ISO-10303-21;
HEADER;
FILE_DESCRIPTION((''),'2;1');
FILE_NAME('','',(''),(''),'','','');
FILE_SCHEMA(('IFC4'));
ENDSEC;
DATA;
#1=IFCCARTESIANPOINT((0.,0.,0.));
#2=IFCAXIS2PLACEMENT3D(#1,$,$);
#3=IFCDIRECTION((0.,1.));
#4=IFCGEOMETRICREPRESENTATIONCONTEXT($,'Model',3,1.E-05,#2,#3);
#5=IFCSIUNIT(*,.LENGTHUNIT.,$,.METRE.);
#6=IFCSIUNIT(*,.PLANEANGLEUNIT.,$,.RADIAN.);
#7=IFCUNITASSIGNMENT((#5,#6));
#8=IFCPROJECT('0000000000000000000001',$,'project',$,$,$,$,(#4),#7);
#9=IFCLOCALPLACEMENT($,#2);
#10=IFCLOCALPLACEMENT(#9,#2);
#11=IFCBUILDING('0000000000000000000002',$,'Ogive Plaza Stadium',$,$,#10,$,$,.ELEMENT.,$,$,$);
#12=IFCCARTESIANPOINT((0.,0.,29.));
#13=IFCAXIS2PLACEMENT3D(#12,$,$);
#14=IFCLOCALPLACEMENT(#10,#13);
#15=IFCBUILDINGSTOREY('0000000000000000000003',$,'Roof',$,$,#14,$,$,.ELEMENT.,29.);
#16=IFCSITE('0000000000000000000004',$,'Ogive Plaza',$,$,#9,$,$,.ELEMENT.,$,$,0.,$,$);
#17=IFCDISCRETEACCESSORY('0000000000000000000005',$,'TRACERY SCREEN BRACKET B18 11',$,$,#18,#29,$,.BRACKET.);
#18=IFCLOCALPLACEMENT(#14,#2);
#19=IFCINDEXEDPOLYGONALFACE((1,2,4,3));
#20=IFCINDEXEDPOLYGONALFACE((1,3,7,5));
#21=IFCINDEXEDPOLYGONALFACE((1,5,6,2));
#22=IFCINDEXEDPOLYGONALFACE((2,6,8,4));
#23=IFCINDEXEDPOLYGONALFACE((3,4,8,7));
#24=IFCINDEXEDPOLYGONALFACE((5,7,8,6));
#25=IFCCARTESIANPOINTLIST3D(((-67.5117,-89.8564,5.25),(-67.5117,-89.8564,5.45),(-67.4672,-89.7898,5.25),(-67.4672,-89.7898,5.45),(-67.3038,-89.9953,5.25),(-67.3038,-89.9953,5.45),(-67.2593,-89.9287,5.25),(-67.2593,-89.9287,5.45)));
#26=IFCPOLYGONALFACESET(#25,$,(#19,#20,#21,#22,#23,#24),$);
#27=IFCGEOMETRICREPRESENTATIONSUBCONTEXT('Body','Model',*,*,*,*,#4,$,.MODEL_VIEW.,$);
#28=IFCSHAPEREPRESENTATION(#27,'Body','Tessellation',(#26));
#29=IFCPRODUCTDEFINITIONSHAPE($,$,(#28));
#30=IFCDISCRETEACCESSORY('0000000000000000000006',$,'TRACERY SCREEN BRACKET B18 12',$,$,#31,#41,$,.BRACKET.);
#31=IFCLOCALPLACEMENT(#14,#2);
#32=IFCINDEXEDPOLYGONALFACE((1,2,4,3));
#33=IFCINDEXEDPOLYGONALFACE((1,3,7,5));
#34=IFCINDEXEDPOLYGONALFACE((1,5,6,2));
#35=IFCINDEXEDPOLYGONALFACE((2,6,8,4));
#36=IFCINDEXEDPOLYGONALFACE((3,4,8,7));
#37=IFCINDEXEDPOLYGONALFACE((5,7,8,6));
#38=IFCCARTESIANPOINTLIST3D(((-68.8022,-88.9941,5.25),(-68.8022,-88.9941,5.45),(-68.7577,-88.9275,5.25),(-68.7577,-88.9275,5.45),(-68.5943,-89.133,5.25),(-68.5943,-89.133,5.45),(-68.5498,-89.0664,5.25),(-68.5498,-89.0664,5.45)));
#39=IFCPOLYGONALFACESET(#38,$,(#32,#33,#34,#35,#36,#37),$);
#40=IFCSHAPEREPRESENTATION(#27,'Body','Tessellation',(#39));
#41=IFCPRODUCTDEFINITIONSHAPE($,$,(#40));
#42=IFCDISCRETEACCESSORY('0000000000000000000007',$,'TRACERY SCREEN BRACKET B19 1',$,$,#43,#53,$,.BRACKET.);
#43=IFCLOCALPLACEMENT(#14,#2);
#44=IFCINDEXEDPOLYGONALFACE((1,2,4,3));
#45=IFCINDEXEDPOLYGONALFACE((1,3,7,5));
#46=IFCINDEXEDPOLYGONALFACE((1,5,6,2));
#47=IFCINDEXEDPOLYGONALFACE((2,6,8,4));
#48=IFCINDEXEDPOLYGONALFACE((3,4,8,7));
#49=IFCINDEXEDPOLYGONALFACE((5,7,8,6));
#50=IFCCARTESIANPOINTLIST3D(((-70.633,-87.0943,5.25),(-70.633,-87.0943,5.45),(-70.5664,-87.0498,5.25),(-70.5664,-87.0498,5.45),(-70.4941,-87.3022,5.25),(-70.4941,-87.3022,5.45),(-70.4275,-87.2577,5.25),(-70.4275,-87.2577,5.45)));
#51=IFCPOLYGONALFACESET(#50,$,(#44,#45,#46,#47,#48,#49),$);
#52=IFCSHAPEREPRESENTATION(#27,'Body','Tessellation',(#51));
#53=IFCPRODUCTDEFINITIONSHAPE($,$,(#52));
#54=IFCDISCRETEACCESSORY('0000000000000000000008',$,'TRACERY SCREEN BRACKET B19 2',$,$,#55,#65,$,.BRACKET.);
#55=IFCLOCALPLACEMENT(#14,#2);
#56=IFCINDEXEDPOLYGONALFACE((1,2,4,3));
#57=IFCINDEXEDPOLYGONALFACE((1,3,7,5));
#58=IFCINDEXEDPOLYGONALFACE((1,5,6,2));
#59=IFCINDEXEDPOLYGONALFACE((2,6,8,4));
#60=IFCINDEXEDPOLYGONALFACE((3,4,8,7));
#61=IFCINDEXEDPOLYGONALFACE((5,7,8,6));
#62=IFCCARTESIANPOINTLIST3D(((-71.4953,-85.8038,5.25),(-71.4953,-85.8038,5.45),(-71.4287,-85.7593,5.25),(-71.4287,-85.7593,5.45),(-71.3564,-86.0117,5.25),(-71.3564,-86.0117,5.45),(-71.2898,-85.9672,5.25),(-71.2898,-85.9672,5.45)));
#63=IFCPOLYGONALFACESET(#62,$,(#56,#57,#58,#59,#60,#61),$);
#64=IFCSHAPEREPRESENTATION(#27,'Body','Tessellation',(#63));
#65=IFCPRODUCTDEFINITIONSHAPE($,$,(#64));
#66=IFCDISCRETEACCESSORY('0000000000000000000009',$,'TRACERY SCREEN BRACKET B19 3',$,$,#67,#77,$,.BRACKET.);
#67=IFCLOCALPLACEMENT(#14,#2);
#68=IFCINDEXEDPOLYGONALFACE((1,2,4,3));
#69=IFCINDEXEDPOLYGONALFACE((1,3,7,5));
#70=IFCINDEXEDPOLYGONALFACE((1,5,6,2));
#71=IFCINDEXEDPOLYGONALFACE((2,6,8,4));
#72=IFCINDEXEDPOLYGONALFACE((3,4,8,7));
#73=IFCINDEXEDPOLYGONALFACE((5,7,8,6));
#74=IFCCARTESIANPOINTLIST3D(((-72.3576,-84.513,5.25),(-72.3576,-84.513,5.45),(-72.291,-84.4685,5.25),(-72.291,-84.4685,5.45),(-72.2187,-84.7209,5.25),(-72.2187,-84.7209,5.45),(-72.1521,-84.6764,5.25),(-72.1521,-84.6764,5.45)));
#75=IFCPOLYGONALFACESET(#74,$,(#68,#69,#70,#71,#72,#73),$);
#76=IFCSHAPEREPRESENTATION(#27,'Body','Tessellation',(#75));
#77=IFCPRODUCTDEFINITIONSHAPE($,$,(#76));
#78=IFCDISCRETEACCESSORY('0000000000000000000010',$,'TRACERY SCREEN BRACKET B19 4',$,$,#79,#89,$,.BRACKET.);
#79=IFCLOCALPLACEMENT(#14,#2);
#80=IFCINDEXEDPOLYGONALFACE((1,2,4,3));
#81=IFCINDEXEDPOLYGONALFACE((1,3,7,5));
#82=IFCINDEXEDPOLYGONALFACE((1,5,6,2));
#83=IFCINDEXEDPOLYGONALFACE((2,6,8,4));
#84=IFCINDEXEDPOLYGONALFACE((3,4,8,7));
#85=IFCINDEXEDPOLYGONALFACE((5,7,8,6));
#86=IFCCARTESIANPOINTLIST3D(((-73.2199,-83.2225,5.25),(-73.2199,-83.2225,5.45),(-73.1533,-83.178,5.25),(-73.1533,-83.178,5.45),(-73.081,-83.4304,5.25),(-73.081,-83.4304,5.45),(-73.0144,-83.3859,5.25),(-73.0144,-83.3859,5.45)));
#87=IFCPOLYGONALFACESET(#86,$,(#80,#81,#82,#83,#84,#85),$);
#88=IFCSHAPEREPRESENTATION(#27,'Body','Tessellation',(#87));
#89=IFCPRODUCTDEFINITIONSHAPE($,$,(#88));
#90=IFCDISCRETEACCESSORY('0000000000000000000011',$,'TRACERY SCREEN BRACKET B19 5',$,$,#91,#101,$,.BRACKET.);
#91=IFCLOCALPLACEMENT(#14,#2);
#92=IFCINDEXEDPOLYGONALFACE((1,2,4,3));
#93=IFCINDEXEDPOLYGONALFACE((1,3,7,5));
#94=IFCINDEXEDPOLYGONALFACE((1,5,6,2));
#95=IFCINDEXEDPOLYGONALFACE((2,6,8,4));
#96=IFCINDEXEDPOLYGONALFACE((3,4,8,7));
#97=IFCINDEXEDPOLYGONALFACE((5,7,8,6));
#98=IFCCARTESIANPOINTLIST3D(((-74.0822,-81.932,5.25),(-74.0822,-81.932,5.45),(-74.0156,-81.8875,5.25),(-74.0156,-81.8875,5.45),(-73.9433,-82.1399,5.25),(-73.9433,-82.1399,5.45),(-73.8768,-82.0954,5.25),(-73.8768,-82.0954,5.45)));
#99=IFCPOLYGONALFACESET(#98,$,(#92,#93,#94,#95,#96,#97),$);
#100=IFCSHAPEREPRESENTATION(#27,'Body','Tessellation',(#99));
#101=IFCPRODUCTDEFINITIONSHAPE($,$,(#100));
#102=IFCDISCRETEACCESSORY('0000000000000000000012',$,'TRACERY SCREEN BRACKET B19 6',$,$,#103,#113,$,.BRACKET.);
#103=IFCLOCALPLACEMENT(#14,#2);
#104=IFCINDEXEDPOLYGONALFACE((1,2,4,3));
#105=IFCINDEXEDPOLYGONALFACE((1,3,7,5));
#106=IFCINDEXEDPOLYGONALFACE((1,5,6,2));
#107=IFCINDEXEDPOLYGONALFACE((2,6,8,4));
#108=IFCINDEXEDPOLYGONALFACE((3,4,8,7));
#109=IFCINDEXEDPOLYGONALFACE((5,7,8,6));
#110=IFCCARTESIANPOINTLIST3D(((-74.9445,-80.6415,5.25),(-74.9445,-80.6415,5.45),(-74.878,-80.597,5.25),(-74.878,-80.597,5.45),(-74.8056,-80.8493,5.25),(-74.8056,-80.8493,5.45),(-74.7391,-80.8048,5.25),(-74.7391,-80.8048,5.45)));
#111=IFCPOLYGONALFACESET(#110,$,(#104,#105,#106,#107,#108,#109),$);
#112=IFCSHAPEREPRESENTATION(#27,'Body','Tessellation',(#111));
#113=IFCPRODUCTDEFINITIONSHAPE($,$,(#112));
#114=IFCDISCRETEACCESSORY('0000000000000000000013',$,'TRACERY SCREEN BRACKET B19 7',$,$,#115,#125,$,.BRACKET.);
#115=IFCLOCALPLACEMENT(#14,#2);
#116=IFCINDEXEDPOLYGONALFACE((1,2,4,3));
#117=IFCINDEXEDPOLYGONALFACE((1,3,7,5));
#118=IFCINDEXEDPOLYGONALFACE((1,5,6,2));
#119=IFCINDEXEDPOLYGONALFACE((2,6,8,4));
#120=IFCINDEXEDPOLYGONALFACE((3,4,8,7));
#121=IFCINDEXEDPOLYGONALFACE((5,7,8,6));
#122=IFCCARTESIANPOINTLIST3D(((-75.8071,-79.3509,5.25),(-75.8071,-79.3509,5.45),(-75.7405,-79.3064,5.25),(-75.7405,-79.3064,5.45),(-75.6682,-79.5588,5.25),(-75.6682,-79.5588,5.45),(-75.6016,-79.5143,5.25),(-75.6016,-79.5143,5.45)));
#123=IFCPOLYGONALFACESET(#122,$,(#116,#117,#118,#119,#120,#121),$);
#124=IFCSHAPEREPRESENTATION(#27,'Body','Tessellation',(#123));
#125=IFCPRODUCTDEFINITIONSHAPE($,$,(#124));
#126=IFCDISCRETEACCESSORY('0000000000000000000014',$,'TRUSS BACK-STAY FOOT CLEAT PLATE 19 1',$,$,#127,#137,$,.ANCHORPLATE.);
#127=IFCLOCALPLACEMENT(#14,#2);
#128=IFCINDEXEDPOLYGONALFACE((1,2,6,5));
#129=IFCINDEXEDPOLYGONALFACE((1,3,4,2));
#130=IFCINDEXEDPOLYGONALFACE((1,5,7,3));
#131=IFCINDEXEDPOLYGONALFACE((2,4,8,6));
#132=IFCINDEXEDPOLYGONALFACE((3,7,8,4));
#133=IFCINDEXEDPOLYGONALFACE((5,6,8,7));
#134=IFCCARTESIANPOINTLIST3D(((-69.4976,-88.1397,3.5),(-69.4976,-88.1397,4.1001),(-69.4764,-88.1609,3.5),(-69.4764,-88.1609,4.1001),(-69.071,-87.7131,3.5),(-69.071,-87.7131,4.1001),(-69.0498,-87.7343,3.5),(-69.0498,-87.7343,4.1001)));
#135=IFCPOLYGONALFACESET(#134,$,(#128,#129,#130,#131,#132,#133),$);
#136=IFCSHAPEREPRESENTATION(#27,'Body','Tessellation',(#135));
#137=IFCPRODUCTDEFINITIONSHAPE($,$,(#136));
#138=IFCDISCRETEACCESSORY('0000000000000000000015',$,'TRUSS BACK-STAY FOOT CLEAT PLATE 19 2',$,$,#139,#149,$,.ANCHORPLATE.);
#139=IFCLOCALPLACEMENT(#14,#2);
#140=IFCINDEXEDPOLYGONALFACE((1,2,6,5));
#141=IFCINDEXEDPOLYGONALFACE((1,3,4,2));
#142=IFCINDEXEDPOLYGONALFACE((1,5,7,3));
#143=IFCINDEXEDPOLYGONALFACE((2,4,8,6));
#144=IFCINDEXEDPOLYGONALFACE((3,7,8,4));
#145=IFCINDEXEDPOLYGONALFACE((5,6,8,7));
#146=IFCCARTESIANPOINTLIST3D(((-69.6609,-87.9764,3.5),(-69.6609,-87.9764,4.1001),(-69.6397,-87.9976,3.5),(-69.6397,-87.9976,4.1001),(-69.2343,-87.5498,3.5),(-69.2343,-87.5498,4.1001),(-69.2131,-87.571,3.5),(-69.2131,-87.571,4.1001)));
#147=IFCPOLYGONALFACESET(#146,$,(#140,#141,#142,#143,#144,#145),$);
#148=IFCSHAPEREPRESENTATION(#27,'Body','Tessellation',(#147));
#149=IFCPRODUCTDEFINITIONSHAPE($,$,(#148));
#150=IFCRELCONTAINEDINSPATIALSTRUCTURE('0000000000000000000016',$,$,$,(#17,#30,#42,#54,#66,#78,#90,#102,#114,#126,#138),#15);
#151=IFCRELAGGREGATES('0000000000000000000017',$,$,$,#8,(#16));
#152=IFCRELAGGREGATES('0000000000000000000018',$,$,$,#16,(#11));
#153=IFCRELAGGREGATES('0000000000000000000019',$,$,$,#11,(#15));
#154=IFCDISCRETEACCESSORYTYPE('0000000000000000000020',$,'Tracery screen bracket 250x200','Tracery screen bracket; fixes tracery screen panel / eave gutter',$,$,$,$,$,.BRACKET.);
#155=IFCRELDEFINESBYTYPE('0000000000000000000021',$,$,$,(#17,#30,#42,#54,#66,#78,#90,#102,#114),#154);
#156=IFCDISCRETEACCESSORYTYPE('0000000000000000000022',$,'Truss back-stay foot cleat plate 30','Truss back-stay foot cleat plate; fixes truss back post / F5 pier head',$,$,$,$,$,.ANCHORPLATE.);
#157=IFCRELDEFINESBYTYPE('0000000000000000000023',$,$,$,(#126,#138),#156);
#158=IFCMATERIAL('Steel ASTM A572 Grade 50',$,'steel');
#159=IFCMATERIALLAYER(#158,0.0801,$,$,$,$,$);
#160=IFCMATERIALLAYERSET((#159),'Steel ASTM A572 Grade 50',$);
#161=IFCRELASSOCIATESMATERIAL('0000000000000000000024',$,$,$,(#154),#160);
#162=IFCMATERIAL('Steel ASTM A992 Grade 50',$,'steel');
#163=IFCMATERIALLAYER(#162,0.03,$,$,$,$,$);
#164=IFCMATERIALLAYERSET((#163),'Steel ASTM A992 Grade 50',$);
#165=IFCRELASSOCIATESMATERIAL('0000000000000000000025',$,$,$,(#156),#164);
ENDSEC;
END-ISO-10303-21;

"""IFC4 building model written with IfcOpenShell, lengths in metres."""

from ifc_helpers import new_model, si_unit, direction, frame, origin, origin_2d, place, context, subcontext, project, spatial, rectangle, extrude, material, layer, layer_set, type_object, element, save


model = new_model("IFC4")

# Units and contexts
model_context = context("Model", 3, precision=1e-05, world=origin(), true_north=direction((0.0, 1.0)))
body_context = subcontext(model_context, "Body", "Model", "MODEL_VIEW")
ifc_project = project(units=[si_unit("LENGTHUNIT", "METRE"), si_unit("PLANEANGLEUNIT", "RADIAN")], contexts=[model_context])

# Site, building, storey
site_placement = place(None, origin())
site = spatial("IfcSite", under=ifc_project, at=site_placement, Name="Ogive Plaza", CompositionType="ELEMENT", RefElevation=0.0)
building_placement = place(site_placement, origin())
building = spatial("IfcBuilding", under=site, at=building_placement, Name="Ogive Plaza Stadium", CompositionType="ELEMENT")
storey_placement = place(building_placement, frame((0.0, 0.0, 29.0)))
storey = spatial("IfcBuildingStorey", under=building, at=storey_placement, Name="Roof", CompositionType="ELEMENT", Elevation=29.0)

# Discrete accessories
ifc_material_1 = material(Name="Steel ASTM A572 Grade 50", Category="steel")
ifc_layer_1 = layer(ifc_material_1, 0.0801)
ifc_layer_set_1 = layer_set([ifc_layer_1], Name="Steel ASTM A572 Grade 50")
discrete_accessory_type_1 = type_object("IfcDiscreteAccessoryType", Name="Tracery screen bracket 250x200", Description="Tracery screen bracket; fixes tracery screen panel / eave gutter", PredefinedType="BRACKET", material=ifc_layer_set_1)
for number, where, z_axis, x_axis, name in (
    (1, (-67.3855, -89.8926, 5.25), (0.0, 0.0, 1.0), (-0.83147, 0.55557, 0.0), "TRACERY SCREEN BRACKET B18 11"),
    (2, (-68.676, -89.0303, 5.25), (0.0, 0.0, 1.0), (-0.83147, 0.55557, 0.0), "TRACERY SCREEN BRACKET B18 12"),
    (3, (-70.5303, -87.176, 5.25), (0.0, 0.0, 1.0), (-0.55557, 0.83147, 0.0), "TRACERY SCREEN BRACKET B19 1"),
    (4, (-71.3926, -85.8855, 5.25), (0.0, 0.0, 1.0), (-0.55557, 0.83147, 0.0), "TRACERY SCREEN BRACKET B19 2"),
    (5, (-72.2549, -84.5947, 5.25), (0.0, 0.0, 1.0), (-0.55557, 0.83147, 0.0), "TRACERY SCREEN BRACKET B19 3"),
    (6, (-73.1172, -83.3042, 5.25), (0.0, 0.0, 1.0), (-0.55557, 0.83147, 0.0), "TRACERY SCREEN BRACKET B19 4"),
    (7, (-73.9795, -82.0137, 5.25), (0.0, 0.0, 1.0), (-0.55557, 0.83147, 0.0), "TRACERY SCREEN BRACKET B19 5"),
    (8, (-74.8418, -80.7231, 5.25), (0.0, 0.0, 1.0), (-0.55557, 0.83147, 0.0), "TRACERY SCREEN BRACKET B19 6"),
    (9, (-75.7043, -79.4326, 5.25), (0.0, 0.0, 1.0), (-0.55557, 0.83147, 0.0), "TRACERY SCREEN BRACKET B19 7"),
):
    element("IfcDiscreteAccessory", number, at=place(storey_placement, frame(where, z_axis=z_axis, x_axis=x_axis)), inside=storey, type_object=discrete_accessory_type_1, Name=name, PredefinedType="BRACKET", context=body_context, shape_type="SweptSolid", body=[
        extrude(rectangle(XDim=0.25, YDim=0.0801, at=origin_2d()), origin(), (0.0, 0.0, 1.0), 0.2),
    ])
ifc_material_2 = material(Name="Steel ASTM A992 Grade 50", Category="steel")
ifc_layer_2 = layer(ifc_material_2, 0.03)
ifc_layer_set_2 = layer_set([ifc_layer_2], Name="Steel ASTM A992 Grade 50")
discrete_accessory_type_2 = type_object("IfcDiscreteAccessoryType", Name="Truss back-stay foot cleat plate 30", Description="Truss back-stay foot cleat plate; fixes truss back post / F5 pier head", PredefinedType="ANCHORPLATE", material=ifc_layer_set_2)
for number, where, z_axis, x_axis, name in (
    (10, (-69.2737, -87.937, 3.5), (0.0, 0.0, 1.0), (-0.707107, -0.707107, 0.0), "TRUSS BACK-STAY FOOT CLEAT PLATE 19 1"),
    (11, (-69.437, -87.7737, 3.5), (0.0, 0.0, 1.0), (-0.707107, -0.707107, 0.0), "TRUSS BACK-STAY FOOT CLEAT PLATE 19 2"),
):
    element("IfcDiscreteAccessory", number, at=place(storey_placement, frame(where, z_axis=z_axis, x_axis=x_axis)), inside=storey, type_object=discrete_accessory_type_2, Name=name, PredefinedType="ANCHORPLATE", context=body_context, shape_type="SweptSolid", body=[
        extrude(rectangle(XDim=0.6033, YDim=0.03, at=origin_2d()), origin(), (0.0, 0.0, 1.0), 0.6001),
    ])

save(model, "model.ifc")
